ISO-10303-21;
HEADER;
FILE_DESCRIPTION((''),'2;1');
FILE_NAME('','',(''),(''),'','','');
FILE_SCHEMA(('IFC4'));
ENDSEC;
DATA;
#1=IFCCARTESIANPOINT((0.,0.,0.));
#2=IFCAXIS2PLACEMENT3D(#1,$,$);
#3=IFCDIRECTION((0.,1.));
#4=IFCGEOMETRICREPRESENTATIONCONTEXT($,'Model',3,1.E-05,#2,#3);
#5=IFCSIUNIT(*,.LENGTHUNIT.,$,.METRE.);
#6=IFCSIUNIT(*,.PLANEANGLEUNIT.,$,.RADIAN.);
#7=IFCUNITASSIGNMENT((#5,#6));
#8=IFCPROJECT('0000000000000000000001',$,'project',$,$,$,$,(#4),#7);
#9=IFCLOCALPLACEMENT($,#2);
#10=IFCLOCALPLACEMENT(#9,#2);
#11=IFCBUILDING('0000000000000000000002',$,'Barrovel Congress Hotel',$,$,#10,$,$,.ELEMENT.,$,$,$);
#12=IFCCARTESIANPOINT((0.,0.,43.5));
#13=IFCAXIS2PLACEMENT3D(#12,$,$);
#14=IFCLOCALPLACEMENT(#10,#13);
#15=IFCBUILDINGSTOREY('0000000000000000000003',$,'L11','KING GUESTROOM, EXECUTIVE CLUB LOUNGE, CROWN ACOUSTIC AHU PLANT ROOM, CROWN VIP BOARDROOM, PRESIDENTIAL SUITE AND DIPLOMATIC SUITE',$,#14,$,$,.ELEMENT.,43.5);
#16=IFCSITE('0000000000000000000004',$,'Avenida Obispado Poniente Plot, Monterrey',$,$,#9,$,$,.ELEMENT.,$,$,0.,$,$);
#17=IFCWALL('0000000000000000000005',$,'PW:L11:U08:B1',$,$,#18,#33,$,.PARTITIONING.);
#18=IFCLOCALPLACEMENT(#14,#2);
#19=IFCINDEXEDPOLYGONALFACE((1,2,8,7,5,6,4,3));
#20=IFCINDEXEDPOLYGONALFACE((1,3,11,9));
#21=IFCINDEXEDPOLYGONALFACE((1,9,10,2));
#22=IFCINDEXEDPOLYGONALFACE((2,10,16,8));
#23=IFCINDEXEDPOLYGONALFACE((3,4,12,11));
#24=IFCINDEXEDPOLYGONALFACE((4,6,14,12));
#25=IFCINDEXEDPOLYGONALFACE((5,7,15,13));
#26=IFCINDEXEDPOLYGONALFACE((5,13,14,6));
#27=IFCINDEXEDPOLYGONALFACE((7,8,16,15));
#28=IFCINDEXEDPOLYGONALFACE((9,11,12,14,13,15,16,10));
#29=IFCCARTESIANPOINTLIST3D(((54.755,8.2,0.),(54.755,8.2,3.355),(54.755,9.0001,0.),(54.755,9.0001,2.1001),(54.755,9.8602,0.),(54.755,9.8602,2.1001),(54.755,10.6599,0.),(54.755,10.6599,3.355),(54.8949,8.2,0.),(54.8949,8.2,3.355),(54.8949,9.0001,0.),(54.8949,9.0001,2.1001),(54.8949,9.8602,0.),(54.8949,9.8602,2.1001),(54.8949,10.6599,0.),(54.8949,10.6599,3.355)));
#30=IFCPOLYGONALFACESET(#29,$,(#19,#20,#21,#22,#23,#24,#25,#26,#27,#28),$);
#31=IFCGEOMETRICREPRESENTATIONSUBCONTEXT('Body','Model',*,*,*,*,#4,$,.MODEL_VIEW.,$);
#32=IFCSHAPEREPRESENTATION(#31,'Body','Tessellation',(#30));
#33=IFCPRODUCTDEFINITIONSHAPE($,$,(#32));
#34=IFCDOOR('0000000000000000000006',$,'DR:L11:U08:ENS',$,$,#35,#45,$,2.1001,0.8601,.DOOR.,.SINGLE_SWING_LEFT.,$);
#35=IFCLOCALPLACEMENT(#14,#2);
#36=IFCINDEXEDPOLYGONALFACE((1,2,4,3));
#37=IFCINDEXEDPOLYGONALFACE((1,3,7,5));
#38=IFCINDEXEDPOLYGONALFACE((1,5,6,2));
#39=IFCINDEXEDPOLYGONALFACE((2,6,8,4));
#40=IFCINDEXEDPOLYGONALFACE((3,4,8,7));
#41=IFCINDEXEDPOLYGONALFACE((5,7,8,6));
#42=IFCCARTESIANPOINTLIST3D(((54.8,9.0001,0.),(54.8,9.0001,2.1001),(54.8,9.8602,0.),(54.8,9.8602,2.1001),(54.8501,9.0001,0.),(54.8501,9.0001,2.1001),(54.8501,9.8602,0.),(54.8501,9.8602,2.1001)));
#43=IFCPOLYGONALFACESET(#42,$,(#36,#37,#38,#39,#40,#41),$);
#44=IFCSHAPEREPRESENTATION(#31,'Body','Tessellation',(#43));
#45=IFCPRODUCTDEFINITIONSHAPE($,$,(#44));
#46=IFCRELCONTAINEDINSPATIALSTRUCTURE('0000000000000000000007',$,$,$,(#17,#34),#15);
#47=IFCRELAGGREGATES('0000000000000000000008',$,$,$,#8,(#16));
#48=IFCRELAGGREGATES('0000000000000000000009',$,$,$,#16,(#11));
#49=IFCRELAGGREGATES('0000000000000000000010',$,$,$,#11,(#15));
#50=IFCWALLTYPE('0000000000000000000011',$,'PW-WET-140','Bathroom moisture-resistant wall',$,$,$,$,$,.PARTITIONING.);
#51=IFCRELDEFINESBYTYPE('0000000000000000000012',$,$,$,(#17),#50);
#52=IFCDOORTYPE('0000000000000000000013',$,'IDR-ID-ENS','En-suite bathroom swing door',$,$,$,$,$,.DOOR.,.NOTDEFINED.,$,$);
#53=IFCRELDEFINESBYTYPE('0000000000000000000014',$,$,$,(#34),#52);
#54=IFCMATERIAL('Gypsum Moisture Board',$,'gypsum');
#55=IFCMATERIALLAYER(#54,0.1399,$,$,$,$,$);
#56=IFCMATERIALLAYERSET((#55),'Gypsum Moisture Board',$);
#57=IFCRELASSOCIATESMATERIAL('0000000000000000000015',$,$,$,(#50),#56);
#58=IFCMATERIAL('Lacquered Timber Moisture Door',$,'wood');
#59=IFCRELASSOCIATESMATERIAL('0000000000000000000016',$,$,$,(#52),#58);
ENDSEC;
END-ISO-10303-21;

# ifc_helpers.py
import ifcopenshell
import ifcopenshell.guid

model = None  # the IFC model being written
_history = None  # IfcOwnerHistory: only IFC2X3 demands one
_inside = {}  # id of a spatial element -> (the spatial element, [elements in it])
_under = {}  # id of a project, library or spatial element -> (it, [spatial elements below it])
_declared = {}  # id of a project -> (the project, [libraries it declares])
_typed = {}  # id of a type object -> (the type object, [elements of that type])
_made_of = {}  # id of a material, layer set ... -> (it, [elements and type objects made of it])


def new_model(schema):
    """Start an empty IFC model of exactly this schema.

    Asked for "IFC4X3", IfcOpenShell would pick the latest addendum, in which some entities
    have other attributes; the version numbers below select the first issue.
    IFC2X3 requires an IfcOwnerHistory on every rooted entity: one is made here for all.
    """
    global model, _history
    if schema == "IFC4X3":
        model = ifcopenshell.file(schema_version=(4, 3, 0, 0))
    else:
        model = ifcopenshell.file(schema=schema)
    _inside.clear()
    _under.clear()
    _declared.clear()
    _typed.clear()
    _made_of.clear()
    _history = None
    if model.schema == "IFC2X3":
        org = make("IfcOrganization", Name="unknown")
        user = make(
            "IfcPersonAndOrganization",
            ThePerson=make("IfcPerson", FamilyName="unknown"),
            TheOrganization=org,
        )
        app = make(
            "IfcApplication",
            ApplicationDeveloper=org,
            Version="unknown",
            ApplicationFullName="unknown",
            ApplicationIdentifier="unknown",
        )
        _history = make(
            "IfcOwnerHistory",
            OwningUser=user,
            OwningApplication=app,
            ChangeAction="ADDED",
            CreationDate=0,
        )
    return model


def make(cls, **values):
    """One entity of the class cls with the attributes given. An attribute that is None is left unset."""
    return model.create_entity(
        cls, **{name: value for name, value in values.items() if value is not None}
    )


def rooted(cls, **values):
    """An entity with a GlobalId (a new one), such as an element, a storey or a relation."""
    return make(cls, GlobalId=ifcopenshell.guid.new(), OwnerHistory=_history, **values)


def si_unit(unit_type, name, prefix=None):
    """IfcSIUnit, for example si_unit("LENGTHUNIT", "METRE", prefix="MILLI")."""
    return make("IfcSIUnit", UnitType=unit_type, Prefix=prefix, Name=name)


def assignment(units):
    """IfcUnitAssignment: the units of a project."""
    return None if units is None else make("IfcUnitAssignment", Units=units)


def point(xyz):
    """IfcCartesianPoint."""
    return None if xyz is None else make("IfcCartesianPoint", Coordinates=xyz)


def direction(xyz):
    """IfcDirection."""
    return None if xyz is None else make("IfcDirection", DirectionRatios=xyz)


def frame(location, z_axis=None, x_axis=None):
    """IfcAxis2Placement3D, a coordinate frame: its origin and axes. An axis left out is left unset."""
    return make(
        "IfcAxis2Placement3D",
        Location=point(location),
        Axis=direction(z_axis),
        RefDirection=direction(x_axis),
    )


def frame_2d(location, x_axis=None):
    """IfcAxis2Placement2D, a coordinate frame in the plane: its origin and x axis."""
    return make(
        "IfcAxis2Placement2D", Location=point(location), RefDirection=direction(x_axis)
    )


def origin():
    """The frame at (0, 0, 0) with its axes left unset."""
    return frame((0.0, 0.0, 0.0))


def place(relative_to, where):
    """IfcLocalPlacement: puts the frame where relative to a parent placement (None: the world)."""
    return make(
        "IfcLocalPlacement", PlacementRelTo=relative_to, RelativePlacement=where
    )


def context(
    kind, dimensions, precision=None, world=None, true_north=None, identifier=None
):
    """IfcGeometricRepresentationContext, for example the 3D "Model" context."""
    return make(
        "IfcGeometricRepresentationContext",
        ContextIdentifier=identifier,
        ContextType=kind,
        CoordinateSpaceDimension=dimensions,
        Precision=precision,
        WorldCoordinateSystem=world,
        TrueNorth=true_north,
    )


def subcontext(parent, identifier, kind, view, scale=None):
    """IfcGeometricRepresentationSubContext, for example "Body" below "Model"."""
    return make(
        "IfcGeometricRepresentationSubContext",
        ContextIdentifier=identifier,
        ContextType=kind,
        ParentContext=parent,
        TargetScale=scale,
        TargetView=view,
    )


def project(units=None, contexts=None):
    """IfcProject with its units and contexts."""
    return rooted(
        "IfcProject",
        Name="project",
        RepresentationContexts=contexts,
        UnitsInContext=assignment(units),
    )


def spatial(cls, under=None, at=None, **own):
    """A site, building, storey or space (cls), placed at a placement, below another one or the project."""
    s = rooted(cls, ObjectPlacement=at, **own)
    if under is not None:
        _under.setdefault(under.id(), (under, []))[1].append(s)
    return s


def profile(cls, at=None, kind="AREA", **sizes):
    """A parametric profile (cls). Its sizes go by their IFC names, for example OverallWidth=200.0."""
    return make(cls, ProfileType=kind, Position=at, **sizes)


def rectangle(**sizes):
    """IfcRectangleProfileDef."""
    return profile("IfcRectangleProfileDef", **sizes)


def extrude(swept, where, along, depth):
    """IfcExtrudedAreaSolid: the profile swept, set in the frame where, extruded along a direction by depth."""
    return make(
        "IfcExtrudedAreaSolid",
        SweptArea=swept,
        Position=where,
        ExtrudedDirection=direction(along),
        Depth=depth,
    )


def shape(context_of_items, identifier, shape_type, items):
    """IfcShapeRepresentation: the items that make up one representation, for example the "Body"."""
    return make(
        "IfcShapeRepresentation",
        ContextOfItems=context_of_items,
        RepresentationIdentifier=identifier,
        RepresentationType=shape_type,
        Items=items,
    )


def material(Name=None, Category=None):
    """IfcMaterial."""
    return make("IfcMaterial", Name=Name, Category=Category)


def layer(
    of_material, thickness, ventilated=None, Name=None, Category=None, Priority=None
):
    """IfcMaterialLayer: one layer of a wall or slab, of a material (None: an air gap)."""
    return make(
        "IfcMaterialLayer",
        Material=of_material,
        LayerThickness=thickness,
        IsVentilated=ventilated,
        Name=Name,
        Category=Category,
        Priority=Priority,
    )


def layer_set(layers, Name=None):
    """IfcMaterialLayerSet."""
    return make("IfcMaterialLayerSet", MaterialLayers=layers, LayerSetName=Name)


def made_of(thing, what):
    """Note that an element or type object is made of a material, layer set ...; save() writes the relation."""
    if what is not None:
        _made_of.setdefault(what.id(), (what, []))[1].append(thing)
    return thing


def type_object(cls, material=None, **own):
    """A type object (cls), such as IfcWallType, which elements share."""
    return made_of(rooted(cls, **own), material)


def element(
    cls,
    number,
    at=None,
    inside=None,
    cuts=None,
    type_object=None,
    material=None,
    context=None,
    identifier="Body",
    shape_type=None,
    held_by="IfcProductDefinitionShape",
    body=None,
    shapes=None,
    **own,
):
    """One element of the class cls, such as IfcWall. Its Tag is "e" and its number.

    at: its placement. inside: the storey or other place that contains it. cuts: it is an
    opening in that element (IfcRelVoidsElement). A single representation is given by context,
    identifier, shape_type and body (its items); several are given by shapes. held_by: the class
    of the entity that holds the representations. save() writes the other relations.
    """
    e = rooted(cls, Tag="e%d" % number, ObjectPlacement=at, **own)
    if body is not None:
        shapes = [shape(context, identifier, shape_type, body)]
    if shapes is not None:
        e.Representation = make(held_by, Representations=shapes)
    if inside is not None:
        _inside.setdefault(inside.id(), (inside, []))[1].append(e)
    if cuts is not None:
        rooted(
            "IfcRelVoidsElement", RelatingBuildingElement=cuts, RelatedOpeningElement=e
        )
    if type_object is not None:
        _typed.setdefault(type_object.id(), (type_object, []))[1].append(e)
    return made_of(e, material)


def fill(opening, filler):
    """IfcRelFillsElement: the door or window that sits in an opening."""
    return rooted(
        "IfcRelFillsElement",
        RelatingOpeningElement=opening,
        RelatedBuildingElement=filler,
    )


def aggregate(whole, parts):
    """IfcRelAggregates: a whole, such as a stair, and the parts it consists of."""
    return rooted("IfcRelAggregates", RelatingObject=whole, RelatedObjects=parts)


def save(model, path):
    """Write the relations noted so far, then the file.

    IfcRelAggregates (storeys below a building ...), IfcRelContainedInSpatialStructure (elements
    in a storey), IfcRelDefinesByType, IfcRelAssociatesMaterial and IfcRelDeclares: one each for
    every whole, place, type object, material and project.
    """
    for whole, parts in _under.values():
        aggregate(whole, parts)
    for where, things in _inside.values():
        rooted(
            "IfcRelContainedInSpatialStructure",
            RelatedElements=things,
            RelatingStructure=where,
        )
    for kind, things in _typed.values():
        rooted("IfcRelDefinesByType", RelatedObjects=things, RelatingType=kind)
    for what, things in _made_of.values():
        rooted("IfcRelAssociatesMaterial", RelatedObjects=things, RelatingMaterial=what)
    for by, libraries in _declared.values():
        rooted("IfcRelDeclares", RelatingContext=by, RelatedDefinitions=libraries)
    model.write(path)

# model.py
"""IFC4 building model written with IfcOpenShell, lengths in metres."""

from ifc_helpers import new_model, si_unit, direction, frame, frame_2d, origin, place, context, subcontext, project, spatial, rectangle, extrude, material, layer, layer_set, type_object, element, fill, save


model = new_model("IFC4")

# Units and contexts
model_context = context("Model", 3, precision=1e-05, world=origin(), true_north=direction((0.0, 1.0)))
body_context = subcontext(model_context, "Body", "Model", "MODEL_VIEW")
ifc_project = project(units=[si_unit("LENGTHUNIT", "METRE"), si_unit("PLANEANGLEUNIT", "RADIAN")], contexts=[model_context])

# Site, building, storey
site_placement = place(None, origin())
site = spatial("IfcSite", under=ifc_project, at=site_placement, Name="Avenida Obispado Poniente Plot, Monterrey", CompositionType="ELEMENT", RefElevation=0.0)
building_placement = place(site_placement, origin())
building = spatial("IfcBuilding", under=site, at=building_placement, Name="Barrovel Congress Hotel", CompositionType="ELEMENT")
storey_placement = place(building_placement, frame((0.0, 0.0, 43.5)))
storey = spatial("IfcBuildingStorey", under=building, at=storey_placement, Name="L11", Description="KING GUESTROOM, EXECUTIVE CLUB LOUNGE, CROWN ACOUSTIC AHU PLANT ROOM, CROWN VIP BOARDROOM, PRESIDENTIAL SUITE AND DIPLOMATIC SUITE", CompositionType="ELEMENT", Elevation=43.5)

# Wall, opening, door
ifc_material_1 = material(Name="Gypsum Moisture Board", Category="gypsum")
ifc_layer_1 = layer(ifc_material_1, 0.1399)
ifc_layer_set_1 = layer_set([ifc_layer_1], Name="Gypsum Moisture Board")
wall_type_1 = type_object("IfcWallType", Name="PW-WET-140", Description="Bathroom moisture-resistant wall", PredefinedType="PARTITIONING", material=ifc_layer_set_1)
ifc_material_2 = material(Name="Lacquered Timber Moisture Door", Category="wood")
door_type_1 = type_object("IfcDoorType", Name="IDR-ID-ENS", Description="En-suite bathroom swing door", OperationType="NOTDEFINED", PredefinedType="DOOR", material=ifc_material_2)
wall_1_placement = place(storey_placement, frame((54.825, 8.2, 0.0), z_axis=(0.0, 0.0, 1.0), x_axis=(0.0, 1.0, 0.0)))
wall_1 = element("IfcWall", 1, at=wall_1_placement, inside=storey, type_object=wall_type_1, Name="PW:L11:U08:B1", PredefinedType="PARTITIONING", context=body_context, shape_type="SweptSolid", body=[
    extrude(rectangle(XDim=2.46, YDim=0.1399, at=frame_2d((1.23, 0.0))), origin(), (0.0, 0.0, 1.0), 3.355),
])
opening_1_placement = place(wall_1_placement, frame((0.8, 0.0, 0.0)))
opening_1 = element("IfcOpeningElement", 2, at=opening_1_placement, cuts=wall_1, PredefinedType="OPENING", context=body_context, shape_type="SweptSolid", body=[
    extrude(rectangle(XDim=0.8601, YDim=2.1001, at=frame_2d((0.4302, 1.05))), frame((0.0, 0.0801, 0.0), z_axis=(0.0, -1.0, 0.0), x_axis=(1.0, 0.0, 0.0)), (0.0, 0.0, 1.0), 0.1599),
])
door_1_placement = place(opening_1_placement, origin())
door_1 = element("IfcDoor", 3, at=door_1_placement, inside=storey, type_object=door_type_1, Name="DR:L11:U08:ENS", OperationType="SINGLE_SWING_LEFT", OverallHeight=2.1001, OverallWidth=0.8601, PredefinedType="DOOR", context=body_context, shape_type="SweptSolid", body=[
    extrude(rectangle(XDim=0.8601, YDim=2.1001, at=frame_2d((0.4302, 1.05))), frame((0.0, 0.0249, 0.0), z_axis=(0.0, -1.0, 0.0), x_axis=(1.0, 0.0, 0.0)), (0.0, 0.0, 1.0), 0.05),
])
fill(opening_1, door_1)

save(model, "model.ifc")
